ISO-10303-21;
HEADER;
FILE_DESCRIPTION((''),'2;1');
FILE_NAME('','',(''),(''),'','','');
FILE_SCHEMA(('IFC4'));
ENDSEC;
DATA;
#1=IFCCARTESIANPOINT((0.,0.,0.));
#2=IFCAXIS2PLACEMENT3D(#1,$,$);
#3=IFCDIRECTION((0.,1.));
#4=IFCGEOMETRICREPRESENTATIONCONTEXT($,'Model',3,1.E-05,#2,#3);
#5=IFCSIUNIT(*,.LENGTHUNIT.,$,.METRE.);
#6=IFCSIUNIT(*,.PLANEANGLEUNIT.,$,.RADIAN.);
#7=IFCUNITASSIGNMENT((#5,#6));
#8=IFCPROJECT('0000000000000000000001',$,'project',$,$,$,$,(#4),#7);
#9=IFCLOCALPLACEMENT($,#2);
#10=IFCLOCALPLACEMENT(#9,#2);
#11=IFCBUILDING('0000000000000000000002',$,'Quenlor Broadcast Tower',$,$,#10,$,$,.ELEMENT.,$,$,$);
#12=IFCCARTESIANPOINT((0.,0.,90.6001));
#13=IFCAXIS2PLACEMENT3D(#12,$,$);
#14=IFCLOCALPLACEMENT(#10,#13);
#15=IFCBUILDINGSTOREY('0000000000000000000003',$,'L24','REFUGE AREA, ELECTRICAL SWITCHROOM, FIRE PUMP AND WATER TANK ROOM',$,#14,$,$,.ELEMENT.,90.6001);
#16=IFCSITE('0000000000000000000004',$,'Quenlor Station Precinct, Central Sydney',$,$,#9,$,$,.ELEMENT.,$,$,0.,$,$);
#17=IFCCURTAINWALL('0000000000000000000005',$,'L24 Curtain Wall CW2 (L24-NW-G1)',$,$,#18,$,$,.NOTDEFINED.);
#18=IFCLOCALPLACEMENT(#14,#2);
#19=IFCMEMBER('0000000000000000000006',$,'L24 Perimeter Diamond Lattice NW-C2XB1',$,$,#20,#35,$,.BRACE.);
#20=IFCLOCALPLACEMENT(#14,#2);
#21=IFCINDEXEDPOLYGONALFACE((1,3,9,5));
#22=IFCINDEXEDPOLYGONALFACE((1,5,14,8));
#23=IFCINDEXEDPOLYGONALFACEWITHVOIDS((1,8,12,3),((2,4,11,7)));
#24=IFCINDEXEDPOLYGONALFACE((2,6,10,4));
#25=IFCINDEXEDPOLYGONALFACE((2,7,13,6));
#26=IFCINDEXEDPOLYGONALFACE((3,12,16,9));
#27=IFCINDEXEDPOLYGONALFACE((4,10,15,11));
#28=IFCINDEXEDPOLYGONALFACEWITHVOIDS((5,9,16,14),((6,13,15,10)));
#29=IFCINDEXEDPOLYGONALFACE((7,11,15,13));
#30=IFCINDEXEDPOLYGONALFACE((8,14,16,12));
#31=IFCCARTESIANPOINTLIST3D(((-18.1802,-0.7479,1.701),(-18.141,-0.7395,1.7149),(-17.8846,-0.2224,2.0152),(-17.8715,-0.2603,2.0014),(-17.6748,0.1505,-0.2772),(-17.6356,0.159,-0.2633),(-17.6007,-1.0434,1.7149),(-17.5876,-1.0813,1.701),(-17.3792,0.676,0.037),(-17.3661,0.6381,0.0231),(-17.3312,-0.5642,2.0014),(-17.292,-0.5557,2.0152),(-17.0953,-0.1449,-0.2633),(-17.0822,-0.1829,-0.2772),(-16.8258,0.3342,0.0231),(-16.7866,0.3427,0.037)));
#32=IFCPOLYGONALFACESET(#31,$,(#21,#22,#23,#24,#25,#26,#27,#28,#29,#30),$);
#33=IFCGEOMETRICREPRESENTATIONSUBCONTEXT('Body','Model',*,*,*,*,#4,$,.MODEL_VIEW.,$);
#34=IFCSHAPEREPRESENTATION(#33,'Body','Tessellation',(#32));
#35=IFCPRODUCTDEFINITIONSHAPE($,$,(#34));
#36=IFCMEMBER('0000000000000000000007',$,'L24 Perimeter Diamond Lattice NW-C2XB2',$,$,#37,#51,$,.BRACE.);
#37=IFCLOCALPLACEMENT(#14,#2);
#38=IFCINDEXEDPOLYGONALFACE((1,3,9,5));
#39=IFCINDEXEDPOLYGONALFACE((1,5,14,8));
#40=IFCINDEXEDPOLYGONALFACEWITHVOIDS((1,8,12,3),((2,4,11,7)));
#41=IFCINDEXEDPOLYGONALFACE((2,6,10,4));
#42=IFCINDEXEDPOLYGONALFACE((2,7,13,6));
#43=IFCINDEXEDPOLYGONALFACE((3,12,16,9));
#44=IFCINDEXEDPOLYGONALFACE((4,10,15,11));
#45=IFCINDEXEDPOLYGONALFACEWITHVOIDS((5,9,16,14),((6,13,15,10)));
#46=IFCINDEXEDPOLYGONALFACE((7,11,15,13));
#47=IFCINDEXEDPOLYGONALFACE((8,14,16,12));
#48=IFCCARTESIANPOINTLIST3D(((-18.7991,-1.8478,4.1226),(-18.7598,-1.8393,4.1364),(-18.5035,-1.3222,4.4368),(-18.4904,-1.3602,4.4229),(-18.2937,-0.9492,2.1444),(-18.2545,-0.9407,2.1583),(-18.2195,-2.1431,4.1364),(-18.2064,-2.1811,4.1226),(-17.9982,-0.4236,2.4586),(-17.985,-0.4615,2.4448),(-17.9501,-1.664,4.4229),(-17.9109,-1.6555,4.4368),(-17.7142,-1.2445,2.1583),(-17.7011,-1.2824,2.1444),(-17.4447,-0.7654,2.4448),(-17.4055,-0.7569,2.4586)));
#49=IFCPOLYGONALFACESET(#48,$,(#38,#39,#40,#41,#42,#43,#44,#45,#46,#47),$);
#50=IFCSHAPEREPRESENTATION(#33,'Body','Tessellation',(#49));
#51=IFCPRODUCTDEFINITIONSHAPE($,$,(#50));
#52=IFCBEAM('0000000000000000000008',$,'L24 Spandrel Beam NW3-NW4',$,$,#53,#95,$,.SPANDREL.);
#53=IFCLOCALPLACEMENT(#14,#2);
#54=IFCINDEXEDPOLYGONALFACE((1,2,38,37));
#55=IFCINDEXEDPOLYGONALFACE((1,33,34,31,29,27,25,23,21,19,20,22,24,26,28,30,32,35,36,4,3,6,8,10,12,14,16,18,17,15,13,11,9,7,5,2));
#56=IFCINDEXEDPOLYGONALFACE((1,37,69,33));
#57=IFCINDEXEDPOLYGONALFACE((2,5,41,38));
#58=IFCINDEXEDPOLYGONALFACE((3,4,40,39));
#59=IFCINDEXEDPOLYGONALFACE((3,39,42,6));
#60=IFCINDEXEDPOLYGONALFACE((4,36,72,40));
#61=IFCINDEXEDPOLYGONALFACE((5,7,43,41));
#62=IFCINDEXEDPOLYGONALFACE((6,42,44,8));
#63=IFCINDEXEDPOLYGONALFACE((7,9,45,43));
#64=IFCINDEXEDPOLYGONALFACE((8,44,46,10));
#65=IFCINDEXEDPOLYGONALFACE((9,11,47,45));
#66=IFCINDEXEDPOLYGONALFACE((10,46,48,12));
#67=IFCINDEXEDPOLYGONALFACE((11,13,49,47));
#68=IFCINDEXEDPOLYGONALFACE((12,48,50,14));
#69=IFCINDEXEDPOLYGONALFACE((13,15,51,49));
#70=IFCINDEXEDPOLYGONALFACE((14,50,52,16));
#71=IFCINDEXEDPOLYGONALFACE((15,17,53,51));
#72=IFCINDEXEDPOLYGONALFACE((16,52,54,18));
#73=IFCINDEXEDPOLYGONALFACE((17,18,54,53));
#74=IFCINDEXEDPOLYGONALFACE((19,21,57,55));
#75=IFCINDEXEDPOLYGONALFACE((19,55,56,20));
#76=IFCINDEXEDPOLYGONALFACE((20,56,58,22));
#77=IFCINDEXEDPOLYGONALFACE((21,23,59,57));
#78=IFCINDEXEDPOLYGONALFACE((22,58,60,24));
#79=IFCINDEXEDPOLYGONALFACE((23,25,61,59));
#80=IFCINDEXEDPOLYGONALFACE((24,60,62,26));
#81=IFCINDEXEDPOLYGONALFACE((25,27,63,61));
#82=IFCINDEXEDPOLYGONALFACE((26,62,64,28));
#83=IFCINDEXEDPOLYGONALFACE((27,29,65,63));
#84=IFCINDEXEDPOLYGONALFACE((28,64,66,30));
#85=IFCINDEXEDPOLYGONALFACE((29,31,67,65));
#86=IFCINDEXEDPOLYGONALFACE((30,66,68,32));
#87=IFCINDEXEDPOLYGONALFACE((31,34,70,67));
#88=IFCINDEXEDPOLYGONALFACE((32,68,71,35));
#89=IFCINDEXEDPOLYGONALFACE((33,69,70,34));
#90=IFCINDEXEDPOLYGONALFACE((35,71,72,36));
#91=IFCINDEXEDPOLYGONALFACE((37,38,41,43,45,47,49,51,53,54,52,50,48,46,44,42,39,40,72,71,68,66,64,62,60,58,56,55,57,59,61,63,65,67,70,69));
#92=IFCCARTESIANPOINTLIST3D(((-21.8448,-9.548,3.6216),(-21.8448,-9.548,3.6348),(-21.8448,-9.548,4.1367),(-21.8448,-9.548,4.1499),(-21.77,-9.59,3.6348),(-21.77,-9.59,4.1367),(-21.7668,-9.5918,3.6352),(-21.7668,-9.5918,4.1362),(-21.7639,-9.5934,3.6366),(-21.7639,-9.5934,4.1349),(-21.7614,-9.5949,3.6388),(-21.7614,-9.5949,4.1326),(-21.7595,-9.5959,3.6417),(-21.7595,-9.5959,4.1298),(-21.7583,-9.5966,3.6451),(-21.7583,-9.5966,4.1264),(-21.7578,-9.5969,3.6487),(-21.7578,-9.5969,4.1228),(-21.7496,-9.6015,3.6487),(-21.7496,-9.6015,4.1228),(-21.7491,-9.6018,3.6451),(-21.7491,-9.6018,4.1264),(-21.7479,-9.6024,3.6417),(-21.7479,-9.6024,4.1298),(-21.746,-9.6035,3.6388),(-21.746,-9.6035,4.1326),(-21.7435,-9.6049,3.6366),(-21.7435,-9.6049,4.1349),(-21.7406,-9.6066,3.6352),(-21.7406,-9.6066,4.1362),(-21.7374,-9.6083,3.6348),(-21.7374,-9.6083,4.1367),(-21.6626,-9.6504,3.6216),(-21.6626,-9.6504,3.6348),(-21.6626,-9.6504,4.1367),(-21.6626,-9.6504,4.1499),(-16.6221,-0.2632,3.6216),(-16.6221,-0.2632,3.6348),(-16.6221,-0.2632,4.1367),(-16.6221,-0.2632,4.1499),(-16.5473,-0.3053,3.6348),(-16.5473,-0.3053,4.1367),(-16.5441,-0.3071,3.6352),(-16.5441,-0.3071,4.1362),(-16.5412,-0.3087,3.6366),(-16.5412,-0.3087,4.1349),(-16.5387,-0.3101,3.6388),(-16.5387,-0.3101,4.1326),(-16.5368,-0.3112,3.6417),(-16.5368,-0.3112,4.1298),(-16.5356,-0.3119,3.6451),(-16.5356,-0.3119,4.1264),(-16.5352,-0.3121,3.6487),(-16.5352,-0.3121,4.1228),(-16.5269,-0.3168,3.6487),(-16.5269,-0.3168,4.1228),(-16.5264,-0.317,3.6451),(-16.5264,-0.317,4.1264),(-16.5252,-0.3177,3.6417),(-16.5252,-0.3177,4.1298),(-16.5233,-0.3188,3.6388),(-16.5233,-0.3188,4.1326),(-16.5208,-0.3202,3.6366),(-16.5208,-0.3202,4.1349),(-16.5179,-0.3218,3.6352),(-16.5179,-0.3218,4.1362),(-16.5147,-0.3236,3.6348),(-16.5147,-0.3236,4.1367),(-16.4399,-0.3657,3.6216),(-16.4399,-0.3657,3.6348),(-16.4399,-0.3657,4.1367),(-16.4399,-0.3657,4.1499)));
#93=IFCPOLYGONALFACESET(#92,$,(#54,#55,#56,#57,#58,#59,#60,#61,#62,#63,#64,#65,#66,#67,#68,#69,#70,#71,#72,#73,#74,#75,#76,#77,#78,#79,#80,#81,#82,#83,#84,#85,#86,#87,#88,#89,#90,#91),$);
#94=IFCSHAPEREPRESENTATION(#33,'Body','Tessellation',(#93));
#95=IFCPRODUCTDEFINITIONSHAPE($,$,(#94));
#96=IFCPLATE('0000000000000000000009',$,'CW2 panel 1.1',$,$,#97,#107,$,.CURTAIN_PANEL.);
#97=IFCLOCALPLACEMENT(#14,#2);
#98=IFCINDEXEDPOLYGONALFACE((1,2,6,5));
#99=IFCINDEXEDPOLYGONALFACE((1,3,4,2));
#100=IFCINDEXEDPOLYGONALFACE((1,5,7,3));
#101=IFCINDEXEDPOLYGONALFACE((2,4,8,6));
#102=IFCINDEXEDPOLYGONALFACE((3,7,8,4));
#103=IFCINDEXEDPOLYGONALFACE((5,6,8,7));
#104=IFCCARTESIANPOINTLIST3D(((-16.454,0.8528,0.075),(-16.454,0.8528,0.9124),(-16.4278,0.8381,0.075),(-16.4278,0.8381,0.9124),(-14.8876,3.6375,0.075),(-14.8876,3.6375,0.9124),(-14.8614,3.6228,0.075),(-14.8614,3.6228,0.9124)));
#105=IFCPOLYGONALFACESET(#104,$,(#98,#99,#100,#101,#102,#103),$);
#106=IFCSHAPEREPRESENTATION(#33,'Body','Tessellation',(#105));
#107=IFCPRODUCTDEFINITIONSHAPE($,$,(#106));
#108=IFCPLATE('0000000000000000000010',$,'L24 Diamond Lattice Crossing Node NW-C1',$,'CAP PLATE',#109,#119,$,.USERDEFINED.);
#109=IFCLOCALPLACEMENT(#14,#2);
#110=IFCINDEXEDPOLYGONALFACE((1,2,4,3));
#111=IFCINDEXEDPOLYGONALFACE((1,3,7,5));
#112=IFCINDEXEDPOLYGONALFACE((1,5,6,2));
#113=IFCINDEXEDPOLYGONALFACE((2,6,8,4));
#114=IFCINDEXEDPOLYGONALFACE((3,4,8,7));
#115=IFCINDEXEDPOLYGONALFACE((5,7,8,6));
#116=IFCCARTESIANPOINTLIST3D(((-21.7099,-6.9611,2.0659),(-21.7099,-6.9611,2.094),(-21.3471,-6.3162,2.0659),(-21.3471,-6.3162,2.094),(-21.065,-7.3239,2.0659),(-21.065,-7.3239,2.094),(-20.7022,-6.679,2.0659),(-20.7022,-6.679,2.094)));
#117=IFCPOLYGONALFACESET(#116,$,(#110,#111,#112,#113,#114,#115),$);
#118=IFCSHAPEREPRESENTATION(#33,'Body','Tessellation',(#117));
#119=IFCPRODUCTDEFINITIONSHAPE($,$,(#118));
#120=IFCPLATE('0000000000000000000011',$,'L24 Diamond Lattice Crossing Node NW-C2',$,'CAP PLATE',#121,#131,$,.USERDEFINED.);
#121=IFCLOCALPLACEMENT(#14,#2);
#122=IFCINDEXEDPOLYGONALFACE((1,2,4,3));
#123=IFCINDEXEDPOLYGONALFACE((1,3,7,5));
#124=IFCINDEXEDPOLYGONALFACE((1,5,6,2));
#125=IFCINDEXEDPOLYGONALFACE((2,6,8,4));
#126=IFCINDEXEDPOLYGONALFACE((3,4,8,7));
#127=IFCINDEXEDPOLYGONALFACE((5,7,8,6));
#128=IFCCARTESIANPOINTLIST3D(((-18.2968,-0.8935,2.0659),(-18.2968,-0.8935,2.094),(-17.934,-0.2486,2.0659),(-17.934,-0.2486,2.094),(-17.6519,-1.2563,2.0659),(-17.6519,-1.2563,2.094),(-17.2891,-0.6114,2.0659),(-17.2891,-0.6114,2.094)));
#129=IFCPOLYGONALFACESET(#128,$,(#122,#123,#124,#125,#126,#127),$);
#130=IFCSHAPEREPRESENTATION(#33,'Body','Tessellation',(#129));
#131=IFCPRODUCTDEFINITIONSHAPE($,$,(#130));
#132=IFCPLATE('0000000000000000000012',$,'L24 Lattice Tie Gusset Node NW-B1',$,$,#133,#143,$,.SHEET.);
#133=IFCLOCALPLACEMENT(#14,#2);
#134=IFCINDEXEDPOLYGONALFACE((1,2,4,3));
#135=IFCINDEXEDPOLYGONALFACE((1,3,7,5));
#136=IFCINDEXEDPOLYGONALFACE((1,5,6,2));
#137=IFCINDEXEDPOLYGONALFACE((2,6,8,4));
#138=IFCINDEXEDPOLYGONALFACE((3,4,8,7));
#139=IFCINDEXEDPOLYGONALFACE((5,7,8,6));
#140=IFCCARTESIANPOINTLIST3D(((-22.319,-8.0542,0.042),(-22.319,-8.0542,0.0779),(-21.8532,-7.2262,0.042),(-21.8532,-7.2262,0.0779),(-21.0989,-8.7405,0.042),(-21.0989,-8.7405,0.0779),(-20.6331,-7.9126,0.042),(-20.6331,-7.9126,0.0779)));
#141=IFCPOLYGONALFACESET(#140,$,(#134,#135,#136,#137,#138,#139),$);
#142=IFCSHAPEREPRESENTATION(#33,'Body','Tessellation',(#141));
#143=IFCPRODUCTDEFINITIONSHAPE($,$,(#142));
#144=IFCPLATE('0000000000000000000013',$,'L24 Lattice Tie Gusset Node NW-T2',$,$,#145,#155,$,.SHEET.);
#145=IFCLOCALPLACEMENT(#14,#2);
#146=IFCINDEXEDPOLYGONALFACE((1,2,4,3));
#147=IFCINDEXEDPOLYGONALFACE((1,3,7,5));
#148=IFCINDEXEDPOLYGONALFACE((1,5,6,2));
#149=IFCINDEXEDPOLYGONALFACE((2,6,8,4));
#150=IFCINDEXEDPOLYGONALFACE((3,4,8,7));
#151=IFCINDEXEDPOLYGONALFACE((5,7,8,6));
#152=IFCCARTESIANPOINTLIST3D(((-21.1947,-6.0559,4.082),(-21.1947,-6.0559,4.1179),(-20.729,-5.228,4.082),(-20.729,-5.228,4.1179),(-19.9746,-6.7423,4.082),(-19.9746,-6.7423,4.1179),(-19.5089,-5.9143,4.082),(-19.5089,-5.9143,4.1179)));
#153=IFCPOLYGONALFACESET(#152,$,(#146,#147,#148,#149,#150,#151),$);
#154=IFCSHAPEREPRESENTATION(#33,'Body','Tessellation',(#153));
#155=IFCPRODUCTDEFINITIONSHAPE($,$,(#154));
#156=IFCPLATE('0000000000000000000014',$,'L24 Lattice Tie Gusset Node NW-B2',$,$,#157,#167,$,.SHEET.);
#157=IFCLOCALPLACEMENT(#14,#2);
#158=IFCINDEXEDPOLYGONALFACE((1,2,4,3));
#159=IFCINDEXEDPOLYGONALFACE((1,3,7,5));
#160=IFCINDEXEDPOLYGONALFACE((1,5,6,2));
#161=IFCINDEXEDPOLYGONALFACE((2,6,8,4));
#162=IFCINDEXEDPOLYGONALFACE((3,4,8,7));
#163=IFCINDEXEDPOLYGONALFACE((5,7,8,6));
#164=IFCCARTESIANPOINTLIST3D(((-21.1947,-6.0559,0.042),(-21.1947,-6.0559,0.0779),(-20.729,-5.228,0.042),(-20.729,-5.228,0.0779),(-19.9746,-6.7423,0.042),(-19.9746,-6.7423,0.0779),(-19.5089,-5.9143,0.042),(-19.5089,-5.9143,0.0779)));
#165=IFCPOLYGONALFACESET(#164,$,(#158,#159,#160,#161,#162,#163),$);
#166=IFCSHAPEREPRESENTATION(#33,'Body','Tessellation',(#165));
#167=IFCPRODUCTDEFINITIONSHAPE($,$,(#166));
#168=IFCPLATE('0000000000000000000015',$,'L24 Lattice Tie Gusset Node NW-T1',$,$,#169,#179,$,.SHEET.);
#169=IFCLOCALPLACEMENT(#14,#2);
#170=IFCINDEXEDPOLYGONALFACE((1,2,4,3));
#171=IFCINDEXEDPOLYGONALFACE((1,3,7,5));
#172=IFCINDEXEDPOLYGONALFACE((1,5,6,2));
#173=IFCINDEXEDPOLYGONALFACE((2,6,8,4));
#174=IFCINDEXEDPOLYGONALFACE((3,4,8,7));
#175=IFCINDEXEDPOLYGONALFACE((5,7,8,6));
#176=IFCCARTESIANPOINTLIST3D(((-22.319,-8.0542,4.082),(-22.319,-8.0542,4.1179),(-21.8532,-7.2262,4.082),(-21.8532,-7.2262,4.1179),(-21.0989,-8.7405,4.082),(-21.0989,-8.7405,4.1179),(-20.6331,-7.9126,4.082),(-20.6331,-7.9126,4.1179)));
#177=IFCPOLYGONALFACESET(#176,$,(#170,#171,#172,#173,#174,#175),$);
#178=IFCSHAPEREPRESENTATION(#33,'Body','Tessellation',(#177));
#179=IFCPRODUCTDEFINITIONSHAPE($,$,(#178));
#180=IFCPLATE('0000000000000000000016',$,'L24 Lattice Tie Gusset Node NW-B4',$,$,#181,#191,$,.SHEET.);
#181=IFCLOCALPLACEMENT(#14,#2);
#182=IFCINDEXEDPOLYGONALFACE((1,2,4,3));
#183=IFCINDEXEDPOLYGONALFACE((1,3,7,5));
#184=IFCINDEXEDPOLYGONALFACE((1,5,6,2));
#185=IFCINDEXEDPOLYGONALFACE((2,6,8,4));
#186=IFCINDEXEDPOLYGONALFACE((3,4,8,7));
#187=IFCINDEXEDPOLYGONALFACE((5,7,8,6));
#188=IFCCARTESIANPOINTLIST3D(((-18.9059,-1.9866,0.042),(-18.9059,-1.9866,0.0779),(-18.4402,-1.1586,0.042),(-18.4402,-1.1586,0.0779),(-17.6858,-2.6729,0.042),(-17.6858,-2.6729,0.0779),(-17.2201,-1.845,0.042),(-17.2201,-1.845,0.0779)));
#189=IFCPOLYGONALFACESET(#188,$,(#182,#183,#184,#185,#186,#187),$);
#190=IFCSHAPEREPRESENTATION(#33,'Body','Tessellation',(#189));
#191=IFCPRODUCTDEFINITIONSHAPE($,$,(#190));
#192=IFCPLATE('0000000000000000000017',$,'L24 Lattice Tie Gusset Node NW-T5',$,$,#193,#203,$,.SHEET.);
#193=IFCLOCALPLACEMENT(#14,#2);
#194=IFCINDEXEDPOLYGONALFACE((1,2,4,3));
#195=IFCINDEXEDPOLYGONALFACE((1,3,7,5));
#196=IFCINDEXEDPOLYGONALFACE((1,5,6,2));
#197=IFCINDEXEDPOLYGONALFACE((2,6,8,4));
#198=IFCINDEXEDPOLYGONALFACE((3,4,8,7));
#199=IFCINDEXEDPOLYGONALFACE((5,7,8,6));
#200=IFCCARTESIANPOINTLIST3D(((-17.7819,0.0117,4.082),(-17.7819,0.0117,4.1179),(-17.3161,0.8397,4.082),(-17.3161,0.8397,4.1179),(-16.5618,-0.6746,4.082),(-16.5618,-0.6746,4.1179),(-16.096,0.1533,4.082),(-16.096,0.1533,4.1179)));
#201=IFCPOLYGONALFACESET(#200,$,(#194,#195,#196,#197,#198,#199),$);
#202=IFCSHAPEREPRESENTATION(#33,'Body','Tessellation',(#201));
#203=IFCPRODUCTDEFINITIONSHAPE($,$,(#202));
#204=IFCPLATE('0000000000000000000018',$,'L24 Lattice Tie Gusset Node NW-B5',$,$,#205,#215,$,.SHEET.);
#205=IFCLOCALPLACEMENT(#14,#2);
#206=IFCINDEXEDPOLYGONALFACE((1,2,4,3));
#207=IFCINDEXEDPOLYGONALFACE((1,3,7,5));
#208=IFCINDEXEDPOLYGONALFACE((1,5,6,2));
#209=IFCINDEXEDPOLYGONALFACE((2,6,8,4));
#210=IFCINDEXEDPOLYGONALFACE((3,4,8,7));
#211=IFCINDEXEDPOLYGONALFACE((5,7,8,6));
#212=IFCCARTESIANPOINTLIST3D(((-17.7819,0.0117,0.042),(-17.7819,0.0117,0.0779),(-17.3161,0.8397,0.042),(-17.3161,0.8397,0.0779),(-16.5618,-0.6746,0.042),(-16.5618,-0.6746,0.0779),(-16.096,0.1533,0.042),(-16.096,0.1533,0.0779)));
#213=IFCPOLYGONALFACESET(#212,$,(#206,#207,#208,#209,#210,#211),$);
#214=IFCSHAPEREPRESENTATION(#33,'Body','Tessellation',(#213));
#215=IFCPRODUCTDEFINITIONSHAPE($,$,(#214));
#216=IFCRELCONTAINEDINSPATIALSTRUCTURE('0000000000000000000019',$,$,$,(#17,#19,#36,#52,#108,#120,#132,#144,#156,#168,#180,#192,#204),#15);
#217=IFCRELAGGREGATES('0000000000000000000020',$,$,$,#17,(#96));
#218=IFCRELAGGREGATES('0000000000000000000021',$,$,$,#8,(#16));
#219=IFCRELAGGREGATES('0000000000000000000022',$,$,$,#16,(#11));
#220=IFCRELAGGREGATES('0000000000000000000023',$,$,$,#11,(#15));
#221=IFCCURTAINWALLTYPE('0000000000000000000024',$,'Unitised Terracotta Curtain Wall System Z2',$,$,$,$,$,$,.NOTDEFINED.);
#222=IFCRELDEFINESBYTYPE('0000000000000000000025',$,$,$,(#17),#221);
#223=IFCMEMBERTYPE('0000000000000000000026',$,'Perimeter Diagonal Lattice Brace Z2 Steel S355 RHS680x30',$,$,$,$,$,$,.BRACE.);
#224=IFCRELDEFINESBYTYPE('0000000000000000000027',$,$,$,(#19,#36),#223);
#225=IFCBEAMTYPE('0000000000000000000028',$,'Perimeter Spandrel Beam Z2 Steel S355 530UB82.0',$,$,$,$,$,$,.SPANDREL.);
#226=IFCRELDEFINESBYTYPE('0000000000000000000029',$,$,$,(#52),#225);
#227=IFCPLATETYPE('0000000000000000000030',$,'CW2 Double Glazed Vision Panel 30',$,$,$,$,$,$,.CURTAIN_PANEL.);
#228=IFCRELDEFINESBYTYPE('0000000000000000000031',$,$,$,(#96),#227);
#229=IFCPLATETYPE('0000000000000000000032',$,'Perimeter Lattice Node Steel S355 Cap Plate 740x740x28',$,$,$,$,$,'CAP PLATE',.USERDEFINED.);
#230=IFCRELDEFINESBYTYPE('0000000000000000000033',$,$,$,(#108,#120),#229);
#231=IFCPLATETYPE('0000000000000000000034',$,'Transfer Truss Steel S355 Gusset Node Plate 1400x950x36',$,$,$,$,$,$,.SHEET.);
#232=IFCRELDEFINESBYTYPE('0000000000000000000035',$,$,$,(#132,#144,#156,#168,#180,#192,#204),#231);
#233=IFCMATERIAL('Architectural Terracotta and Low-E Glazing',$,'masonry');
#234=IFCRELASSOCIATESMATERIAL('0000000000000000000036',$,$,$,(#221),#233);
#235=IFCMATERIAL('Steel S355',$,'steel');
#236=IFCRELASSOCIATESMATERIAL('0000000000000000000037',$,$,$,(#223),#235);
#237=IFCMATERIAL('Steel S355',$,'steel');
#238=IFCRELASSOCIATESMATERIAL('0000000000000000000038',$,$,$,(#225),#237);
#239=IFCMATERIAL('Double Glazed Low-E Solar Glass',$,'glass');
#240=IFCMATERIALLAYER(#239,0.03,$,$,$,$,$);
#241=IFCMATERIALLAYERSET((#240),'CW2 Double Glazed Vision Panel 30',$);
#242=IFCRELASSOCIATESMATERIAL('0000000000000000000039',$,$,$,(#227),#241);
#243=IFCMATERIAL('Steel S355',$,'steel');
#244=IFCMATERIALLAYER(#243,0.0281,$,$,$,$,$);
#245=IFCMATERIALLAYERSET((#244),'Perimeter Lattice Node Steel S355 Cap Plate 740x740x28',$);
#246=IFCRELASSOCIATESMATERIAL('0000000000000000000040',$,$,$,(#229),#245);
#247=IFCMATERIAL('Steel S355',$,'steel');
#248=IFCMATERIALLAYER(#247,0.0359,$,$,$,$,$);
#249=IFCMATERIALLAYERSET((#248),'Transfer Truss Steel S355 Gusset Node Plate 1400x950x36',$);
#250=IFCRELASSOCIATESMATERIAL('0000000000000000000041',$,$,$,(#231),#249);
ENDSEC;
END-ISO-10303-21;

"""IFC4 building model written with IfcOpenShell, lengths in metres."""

from ifc_helpers import new_model, si_unit, direction, frame, origin, origin_2d, place, context, subcontext, project, spatial, rectangle, hollow_rectangle, i_section, extrude, material, layer, layer_set, material_profile, profile_set, type_object, element, aggregate, save


model = new_model("IFC4")

# Units and contexts
model_context = context("Model", 3, precision=1e-05, world=origin(), true_north=direction((0.0, 1.0)))
body_context = subcontext(model_context, "Body", "Model", "MODEL_VIEW")
ifc_project = project(units=[si_unit("LENGTHUNIT", "METRE"), si_unit("PLANEANGLEUNIT", "RADIAN")], contexts=[model_context])

# Site, building, storey
site_placement = place(None, origin())
site = spatial("IfcSite", under=ifc_project, at=site_placement, Name="Quenlor Station Precinct, Central Sydney", CompositionType="ELEMENT", RefElevation=0.0)
building_placement = place(site_placement, origin())
building = spatial("IfcBuilding", under=site, at=building_placement, Name="Quenlor Broadcast Tower", CompositionType="ELEMENT")
storey_placement = place(building_placement, frame((0.0, 0.0, 90.6001)))
storey = spatial("IfcBuildingStorey", under=building, at=storey_placement, Name="L24", Description="REFUGE AREA, ELECTRICAL SWITCHROOM, FIRE PUMP AND WATER TANK ROOM", CompositionType="ELEMENT", Elevation=90.6001)

# Curtain wall
ifc_material_1 = material(Name="Architectural Terracotta and Low-E Glazing", Category="masonry")
curtain_wall_type = type_object("IfcCurtainWallType", Name="Unitised Terracotta Curtain Wall System Z2", PredefinedType="NOTDEFINED", material=ifc_material_1)
curtain_wall_placement = place(storey_placement, origin())
curtain_wall = element("IfcCurtainWall", 1, at=curtain_wall_placement, inside=storey, type_object=curtain_wall_type, Name="L24 Curtain Wall CW2 (L24-NW-G1)", PredefinedType="NOTDEFINED")

# Members
ifc_material_2 = material(Name="Steel S355", Category="steel")
ifc_material_profile_1 = material_profile(ifc_material_2, hollow_rectangle(XDim=0.6799, YDim=0.6799, WallThickness=0.03, at=origin_2d()))
ifc_profile_set_1 = profile_set([ifc_material_profile_1], Name="Steel S355 RHS680x680x30")
member_type_1 = type_object("IfcMemberType", Name="Perimeter Diagonal Lattice Brace Z2 Steel S355 RHS680x30", PredefinedType="BRACE", material=ifc_profile_set_1)
for number, where, z_axis, x_axis, name in (
    (2, (-17.2307, 0.2466, -0.1201), (-0.22655, -0.402755, 0.886828), (0.871576, -0.490261, 0.0), "L24 Perimeter Diamond Lattice NW-C2XB1"),
    (3, (-17.8496, -0.853, 2.3015), (-0.22654, -0.402847, 0.886789), (0.871632, -0.49016, 0.0), "L24 Perimeter Diamond Lattice NW-C2XB2"),
):
    element("IfcMember", number, at=place(storey_placement, frame(where, z_axis=z_axis, x_axis=x_axis)), inside=storey, type_object=member_type_1, Name=name, PredefinedType="BRACE", context=body_context, shape_type="SweptSolid", body=[
        extrude(hollow_rectangle(XDim=0.6799, YDim=0.6799, WallThickness=0.03, at=origin_2d()), origin(), (0.0, 0.0, 1.0), 2.2307),
    ])

# Beam
ifc_material_3 = material(Name="Steel S355", Category="steel")
ifc_material_profile_2 = material_profile(ifc_material_3, i_section(OverallWidth=0.209, OverallDepth=0.5283, WebThickness=0.0095, FlangeThickness=0.0132, FilletRadius=0.0139, at=origin_2d()))
ifc_profile_set_2 = profile_set([ifc_material_profile_2], Name="Steel S355 530UB82.0")
beam_type_1 = type_object("IfcBeamType", Name="Perimeter Spandrel Beam Z2 Steel S355 530UB82.0", PredefinedType="SPANDREL", material=ifc_profile_set_2)
beam_1_placement = place(storey_placement, frame((-16.531, -0.3145, 3.8857), z_axis=(-0.490263, -0.871574, 0.0), x_axis=(0.871574, -0.490263, 0.0)))
element("IfcBeam", 4, at=beam_1_placement, inside=storey, type_object=beam_type_1, Name="L24 Spandrel Beam NW3-NW4", PredefinedType="SPANDREL", context=body_context, shape_type="SweptSolid", body=[
    extrude(i_section(OverallWidth=0.209, OverallDepth=0.5283, WebThickness=0.0095, FlangeThickness=0.0132, FilletRadius=0.0139, at=origin_2d()), origin(), (0.0, 0.0, 1.0), 10.6528),
])

# Plate
ifc_material_4 = material(Name="Double Glazed Low-E Solar Glass", Category="glass")
ifc_layer_1 = layer(ifc_material_4, 0.03)
ifc_layer_set_1 = layer_set([ifc_layer_1], Name="CW2 Double Glazed Vision Panel 30")
plate_type_1 = type_object("IfcPlateType", Name="CW2 Double Glazed Vision Panel 30", PredefinedType="CURTAIN_PANEL", material=ifc_layer_set_1)
plate_placement = place(storey_placement, frame((-15.6577, 2.2378, 0.075), z_axis=(0.0, 0.0, 1.0), x_axis=(0.490258, 0.871577, 0.0)))
plate = element("IfcPlate", 5, at=plate_placement, type_object=plate_type_1, Name="CW2 panel 1.1", PredefinedType="CURTAIN_PANEL", context=body_context, shape_type="SweptSolid", body=[
    extrude(rectangle(XDim=3.1951, YDim=0.03, at=origin_2d()), origin(), (0.0, 0.0, 1.0), 0.8374),
])
aggregate(curtain_wall, [plate])

# Plates
ifc_material_5 = material(Name="Steel S355", Category="steel")
ifc_layer_2 = layer(ifc_material_5, 0.0281)
ifc_layer_set_2 = layer_set([ifc_layer_2], Name="Perimeter Lattice Node Steel S355 Cap Plate 740x740x28")
plate_type_2 = type_object("IfcPlateType", Name="Perimeter Lattice Node Steel S355 Cap Plate 740x740x28", ElementType="CAP PLATE", PredefinedType="USERDEFINED", material=ifc_layer_set_2)
for number, where, z_axis, x_axis, name in (
    (6, (-21.2061, -6.8201, 2.0659), (0.0, 0.0, 1.0), (0.490295, 0.871556, 0.0), "L24 Diamond Lattice Crossing Node NW-C1"),
    (7, (-17.793, -0.7524, 2.0659), (0.0, 0.0, 1.0), (0.490295, 0.871556, 0.0), "L24 Diamond Lattice Crossing Node NW-C2"),
):
    element("IfcPlate", number, at=place(storey_placement, frame(where, z_axis=z_axis, x_axis=x_axis)), inside=storey, type_object=plate_type_2, Name=name, ObjectType="CAP PLATE", PredefinedType="USERDEFINED", context=body_context, shape_type="SweptSolid", body=[
        extrude(rectangle(XDim=0.74, YDim=0.74, at=origin_2d()), origin(), (0.0, 0.0, 1.0), 0.0281),
    ])
ifc_material_6 = material(Name="Steel S355", Category="steel")
ifc_layer_3 = layer(ifc_material_6, 0.0359)
ifc_layer_set_3 = layer_set([ifc_layer_3], Name="Transfer Truss Steel S355 Gusset Node Plate 1400x950x36")
plate_type_3 = type_object("IfcPlateType", Name="Transfer Truss Steel S355 Gusset Node Plate 1400x950x36", PredefinedType="SHEET", material=ifc_layer_set_3)
for number, where, z_axis, x_axis, name in (
    (8, (-21.4761, -7.9834, 0.042), (0.0, 0.0, 1.0), (-0.871556, 0.490295, 0.0), "L24 Lattice Tie Gusset Node NW-B1"),
    (9, (-20.3518, -5.9851, 4.082), (0.0, 0.0, 1.0), (-0.871556, 0.490295, 0.0), "L24 Lattice Tie Gusset Node NW-T2"),
    (10, (-20.3518, -5.9851, 0.042), (0.0, 0.0, 1.0), (-0.871556, 0.490295, 0.0), "L24 Lattice Tie Gusset Node NW-B2"),
    (11, (-21.4761, -7.9834, 4.082), (0.0, 0.0, 1.0), (-0.871556, 0.490295, 0.0), "L24 Lattice Tie Gusset Node NW-T1"),
    (12, (-18.063, -1.9158, 0.042), (0.0, 0.0, 1.0), (-0.871556, 0.490295, 0.0), "L24 Lattice Tie Gusset Node NW-B4"),
    (13, (-16.939, 0.0825, 4.082), (0.0, 0.0, 1.0), (-0.871556, 0.490295, 0.0), "L24 Lattice Tie Gusset Node NW-T5"),
    (14, (-16.939, 0.0825, 0.042), (0.0, 0.0, 1.0), (-0.871556, 0.490295, 0.0), "L24 Lattice Tie Gusset Node NW-B5"),
):
    element("IfcPlate", number, at=place(storey_placement, frame(where, z_axis=z_axis, x_axis=x_axis)), inside=storey, type_object=plate_type_3, Name=name, PredefinedType="SHEET", context=body_context, shape_type="SweptSolid", body=[
        extrude(rectangle(XDim=1.3999, YDim=0.95, at=origin_2d()), origin(), (0.0, 0.0, 1.0), 0.0359),
    ])

save(model, "model.ifc")
